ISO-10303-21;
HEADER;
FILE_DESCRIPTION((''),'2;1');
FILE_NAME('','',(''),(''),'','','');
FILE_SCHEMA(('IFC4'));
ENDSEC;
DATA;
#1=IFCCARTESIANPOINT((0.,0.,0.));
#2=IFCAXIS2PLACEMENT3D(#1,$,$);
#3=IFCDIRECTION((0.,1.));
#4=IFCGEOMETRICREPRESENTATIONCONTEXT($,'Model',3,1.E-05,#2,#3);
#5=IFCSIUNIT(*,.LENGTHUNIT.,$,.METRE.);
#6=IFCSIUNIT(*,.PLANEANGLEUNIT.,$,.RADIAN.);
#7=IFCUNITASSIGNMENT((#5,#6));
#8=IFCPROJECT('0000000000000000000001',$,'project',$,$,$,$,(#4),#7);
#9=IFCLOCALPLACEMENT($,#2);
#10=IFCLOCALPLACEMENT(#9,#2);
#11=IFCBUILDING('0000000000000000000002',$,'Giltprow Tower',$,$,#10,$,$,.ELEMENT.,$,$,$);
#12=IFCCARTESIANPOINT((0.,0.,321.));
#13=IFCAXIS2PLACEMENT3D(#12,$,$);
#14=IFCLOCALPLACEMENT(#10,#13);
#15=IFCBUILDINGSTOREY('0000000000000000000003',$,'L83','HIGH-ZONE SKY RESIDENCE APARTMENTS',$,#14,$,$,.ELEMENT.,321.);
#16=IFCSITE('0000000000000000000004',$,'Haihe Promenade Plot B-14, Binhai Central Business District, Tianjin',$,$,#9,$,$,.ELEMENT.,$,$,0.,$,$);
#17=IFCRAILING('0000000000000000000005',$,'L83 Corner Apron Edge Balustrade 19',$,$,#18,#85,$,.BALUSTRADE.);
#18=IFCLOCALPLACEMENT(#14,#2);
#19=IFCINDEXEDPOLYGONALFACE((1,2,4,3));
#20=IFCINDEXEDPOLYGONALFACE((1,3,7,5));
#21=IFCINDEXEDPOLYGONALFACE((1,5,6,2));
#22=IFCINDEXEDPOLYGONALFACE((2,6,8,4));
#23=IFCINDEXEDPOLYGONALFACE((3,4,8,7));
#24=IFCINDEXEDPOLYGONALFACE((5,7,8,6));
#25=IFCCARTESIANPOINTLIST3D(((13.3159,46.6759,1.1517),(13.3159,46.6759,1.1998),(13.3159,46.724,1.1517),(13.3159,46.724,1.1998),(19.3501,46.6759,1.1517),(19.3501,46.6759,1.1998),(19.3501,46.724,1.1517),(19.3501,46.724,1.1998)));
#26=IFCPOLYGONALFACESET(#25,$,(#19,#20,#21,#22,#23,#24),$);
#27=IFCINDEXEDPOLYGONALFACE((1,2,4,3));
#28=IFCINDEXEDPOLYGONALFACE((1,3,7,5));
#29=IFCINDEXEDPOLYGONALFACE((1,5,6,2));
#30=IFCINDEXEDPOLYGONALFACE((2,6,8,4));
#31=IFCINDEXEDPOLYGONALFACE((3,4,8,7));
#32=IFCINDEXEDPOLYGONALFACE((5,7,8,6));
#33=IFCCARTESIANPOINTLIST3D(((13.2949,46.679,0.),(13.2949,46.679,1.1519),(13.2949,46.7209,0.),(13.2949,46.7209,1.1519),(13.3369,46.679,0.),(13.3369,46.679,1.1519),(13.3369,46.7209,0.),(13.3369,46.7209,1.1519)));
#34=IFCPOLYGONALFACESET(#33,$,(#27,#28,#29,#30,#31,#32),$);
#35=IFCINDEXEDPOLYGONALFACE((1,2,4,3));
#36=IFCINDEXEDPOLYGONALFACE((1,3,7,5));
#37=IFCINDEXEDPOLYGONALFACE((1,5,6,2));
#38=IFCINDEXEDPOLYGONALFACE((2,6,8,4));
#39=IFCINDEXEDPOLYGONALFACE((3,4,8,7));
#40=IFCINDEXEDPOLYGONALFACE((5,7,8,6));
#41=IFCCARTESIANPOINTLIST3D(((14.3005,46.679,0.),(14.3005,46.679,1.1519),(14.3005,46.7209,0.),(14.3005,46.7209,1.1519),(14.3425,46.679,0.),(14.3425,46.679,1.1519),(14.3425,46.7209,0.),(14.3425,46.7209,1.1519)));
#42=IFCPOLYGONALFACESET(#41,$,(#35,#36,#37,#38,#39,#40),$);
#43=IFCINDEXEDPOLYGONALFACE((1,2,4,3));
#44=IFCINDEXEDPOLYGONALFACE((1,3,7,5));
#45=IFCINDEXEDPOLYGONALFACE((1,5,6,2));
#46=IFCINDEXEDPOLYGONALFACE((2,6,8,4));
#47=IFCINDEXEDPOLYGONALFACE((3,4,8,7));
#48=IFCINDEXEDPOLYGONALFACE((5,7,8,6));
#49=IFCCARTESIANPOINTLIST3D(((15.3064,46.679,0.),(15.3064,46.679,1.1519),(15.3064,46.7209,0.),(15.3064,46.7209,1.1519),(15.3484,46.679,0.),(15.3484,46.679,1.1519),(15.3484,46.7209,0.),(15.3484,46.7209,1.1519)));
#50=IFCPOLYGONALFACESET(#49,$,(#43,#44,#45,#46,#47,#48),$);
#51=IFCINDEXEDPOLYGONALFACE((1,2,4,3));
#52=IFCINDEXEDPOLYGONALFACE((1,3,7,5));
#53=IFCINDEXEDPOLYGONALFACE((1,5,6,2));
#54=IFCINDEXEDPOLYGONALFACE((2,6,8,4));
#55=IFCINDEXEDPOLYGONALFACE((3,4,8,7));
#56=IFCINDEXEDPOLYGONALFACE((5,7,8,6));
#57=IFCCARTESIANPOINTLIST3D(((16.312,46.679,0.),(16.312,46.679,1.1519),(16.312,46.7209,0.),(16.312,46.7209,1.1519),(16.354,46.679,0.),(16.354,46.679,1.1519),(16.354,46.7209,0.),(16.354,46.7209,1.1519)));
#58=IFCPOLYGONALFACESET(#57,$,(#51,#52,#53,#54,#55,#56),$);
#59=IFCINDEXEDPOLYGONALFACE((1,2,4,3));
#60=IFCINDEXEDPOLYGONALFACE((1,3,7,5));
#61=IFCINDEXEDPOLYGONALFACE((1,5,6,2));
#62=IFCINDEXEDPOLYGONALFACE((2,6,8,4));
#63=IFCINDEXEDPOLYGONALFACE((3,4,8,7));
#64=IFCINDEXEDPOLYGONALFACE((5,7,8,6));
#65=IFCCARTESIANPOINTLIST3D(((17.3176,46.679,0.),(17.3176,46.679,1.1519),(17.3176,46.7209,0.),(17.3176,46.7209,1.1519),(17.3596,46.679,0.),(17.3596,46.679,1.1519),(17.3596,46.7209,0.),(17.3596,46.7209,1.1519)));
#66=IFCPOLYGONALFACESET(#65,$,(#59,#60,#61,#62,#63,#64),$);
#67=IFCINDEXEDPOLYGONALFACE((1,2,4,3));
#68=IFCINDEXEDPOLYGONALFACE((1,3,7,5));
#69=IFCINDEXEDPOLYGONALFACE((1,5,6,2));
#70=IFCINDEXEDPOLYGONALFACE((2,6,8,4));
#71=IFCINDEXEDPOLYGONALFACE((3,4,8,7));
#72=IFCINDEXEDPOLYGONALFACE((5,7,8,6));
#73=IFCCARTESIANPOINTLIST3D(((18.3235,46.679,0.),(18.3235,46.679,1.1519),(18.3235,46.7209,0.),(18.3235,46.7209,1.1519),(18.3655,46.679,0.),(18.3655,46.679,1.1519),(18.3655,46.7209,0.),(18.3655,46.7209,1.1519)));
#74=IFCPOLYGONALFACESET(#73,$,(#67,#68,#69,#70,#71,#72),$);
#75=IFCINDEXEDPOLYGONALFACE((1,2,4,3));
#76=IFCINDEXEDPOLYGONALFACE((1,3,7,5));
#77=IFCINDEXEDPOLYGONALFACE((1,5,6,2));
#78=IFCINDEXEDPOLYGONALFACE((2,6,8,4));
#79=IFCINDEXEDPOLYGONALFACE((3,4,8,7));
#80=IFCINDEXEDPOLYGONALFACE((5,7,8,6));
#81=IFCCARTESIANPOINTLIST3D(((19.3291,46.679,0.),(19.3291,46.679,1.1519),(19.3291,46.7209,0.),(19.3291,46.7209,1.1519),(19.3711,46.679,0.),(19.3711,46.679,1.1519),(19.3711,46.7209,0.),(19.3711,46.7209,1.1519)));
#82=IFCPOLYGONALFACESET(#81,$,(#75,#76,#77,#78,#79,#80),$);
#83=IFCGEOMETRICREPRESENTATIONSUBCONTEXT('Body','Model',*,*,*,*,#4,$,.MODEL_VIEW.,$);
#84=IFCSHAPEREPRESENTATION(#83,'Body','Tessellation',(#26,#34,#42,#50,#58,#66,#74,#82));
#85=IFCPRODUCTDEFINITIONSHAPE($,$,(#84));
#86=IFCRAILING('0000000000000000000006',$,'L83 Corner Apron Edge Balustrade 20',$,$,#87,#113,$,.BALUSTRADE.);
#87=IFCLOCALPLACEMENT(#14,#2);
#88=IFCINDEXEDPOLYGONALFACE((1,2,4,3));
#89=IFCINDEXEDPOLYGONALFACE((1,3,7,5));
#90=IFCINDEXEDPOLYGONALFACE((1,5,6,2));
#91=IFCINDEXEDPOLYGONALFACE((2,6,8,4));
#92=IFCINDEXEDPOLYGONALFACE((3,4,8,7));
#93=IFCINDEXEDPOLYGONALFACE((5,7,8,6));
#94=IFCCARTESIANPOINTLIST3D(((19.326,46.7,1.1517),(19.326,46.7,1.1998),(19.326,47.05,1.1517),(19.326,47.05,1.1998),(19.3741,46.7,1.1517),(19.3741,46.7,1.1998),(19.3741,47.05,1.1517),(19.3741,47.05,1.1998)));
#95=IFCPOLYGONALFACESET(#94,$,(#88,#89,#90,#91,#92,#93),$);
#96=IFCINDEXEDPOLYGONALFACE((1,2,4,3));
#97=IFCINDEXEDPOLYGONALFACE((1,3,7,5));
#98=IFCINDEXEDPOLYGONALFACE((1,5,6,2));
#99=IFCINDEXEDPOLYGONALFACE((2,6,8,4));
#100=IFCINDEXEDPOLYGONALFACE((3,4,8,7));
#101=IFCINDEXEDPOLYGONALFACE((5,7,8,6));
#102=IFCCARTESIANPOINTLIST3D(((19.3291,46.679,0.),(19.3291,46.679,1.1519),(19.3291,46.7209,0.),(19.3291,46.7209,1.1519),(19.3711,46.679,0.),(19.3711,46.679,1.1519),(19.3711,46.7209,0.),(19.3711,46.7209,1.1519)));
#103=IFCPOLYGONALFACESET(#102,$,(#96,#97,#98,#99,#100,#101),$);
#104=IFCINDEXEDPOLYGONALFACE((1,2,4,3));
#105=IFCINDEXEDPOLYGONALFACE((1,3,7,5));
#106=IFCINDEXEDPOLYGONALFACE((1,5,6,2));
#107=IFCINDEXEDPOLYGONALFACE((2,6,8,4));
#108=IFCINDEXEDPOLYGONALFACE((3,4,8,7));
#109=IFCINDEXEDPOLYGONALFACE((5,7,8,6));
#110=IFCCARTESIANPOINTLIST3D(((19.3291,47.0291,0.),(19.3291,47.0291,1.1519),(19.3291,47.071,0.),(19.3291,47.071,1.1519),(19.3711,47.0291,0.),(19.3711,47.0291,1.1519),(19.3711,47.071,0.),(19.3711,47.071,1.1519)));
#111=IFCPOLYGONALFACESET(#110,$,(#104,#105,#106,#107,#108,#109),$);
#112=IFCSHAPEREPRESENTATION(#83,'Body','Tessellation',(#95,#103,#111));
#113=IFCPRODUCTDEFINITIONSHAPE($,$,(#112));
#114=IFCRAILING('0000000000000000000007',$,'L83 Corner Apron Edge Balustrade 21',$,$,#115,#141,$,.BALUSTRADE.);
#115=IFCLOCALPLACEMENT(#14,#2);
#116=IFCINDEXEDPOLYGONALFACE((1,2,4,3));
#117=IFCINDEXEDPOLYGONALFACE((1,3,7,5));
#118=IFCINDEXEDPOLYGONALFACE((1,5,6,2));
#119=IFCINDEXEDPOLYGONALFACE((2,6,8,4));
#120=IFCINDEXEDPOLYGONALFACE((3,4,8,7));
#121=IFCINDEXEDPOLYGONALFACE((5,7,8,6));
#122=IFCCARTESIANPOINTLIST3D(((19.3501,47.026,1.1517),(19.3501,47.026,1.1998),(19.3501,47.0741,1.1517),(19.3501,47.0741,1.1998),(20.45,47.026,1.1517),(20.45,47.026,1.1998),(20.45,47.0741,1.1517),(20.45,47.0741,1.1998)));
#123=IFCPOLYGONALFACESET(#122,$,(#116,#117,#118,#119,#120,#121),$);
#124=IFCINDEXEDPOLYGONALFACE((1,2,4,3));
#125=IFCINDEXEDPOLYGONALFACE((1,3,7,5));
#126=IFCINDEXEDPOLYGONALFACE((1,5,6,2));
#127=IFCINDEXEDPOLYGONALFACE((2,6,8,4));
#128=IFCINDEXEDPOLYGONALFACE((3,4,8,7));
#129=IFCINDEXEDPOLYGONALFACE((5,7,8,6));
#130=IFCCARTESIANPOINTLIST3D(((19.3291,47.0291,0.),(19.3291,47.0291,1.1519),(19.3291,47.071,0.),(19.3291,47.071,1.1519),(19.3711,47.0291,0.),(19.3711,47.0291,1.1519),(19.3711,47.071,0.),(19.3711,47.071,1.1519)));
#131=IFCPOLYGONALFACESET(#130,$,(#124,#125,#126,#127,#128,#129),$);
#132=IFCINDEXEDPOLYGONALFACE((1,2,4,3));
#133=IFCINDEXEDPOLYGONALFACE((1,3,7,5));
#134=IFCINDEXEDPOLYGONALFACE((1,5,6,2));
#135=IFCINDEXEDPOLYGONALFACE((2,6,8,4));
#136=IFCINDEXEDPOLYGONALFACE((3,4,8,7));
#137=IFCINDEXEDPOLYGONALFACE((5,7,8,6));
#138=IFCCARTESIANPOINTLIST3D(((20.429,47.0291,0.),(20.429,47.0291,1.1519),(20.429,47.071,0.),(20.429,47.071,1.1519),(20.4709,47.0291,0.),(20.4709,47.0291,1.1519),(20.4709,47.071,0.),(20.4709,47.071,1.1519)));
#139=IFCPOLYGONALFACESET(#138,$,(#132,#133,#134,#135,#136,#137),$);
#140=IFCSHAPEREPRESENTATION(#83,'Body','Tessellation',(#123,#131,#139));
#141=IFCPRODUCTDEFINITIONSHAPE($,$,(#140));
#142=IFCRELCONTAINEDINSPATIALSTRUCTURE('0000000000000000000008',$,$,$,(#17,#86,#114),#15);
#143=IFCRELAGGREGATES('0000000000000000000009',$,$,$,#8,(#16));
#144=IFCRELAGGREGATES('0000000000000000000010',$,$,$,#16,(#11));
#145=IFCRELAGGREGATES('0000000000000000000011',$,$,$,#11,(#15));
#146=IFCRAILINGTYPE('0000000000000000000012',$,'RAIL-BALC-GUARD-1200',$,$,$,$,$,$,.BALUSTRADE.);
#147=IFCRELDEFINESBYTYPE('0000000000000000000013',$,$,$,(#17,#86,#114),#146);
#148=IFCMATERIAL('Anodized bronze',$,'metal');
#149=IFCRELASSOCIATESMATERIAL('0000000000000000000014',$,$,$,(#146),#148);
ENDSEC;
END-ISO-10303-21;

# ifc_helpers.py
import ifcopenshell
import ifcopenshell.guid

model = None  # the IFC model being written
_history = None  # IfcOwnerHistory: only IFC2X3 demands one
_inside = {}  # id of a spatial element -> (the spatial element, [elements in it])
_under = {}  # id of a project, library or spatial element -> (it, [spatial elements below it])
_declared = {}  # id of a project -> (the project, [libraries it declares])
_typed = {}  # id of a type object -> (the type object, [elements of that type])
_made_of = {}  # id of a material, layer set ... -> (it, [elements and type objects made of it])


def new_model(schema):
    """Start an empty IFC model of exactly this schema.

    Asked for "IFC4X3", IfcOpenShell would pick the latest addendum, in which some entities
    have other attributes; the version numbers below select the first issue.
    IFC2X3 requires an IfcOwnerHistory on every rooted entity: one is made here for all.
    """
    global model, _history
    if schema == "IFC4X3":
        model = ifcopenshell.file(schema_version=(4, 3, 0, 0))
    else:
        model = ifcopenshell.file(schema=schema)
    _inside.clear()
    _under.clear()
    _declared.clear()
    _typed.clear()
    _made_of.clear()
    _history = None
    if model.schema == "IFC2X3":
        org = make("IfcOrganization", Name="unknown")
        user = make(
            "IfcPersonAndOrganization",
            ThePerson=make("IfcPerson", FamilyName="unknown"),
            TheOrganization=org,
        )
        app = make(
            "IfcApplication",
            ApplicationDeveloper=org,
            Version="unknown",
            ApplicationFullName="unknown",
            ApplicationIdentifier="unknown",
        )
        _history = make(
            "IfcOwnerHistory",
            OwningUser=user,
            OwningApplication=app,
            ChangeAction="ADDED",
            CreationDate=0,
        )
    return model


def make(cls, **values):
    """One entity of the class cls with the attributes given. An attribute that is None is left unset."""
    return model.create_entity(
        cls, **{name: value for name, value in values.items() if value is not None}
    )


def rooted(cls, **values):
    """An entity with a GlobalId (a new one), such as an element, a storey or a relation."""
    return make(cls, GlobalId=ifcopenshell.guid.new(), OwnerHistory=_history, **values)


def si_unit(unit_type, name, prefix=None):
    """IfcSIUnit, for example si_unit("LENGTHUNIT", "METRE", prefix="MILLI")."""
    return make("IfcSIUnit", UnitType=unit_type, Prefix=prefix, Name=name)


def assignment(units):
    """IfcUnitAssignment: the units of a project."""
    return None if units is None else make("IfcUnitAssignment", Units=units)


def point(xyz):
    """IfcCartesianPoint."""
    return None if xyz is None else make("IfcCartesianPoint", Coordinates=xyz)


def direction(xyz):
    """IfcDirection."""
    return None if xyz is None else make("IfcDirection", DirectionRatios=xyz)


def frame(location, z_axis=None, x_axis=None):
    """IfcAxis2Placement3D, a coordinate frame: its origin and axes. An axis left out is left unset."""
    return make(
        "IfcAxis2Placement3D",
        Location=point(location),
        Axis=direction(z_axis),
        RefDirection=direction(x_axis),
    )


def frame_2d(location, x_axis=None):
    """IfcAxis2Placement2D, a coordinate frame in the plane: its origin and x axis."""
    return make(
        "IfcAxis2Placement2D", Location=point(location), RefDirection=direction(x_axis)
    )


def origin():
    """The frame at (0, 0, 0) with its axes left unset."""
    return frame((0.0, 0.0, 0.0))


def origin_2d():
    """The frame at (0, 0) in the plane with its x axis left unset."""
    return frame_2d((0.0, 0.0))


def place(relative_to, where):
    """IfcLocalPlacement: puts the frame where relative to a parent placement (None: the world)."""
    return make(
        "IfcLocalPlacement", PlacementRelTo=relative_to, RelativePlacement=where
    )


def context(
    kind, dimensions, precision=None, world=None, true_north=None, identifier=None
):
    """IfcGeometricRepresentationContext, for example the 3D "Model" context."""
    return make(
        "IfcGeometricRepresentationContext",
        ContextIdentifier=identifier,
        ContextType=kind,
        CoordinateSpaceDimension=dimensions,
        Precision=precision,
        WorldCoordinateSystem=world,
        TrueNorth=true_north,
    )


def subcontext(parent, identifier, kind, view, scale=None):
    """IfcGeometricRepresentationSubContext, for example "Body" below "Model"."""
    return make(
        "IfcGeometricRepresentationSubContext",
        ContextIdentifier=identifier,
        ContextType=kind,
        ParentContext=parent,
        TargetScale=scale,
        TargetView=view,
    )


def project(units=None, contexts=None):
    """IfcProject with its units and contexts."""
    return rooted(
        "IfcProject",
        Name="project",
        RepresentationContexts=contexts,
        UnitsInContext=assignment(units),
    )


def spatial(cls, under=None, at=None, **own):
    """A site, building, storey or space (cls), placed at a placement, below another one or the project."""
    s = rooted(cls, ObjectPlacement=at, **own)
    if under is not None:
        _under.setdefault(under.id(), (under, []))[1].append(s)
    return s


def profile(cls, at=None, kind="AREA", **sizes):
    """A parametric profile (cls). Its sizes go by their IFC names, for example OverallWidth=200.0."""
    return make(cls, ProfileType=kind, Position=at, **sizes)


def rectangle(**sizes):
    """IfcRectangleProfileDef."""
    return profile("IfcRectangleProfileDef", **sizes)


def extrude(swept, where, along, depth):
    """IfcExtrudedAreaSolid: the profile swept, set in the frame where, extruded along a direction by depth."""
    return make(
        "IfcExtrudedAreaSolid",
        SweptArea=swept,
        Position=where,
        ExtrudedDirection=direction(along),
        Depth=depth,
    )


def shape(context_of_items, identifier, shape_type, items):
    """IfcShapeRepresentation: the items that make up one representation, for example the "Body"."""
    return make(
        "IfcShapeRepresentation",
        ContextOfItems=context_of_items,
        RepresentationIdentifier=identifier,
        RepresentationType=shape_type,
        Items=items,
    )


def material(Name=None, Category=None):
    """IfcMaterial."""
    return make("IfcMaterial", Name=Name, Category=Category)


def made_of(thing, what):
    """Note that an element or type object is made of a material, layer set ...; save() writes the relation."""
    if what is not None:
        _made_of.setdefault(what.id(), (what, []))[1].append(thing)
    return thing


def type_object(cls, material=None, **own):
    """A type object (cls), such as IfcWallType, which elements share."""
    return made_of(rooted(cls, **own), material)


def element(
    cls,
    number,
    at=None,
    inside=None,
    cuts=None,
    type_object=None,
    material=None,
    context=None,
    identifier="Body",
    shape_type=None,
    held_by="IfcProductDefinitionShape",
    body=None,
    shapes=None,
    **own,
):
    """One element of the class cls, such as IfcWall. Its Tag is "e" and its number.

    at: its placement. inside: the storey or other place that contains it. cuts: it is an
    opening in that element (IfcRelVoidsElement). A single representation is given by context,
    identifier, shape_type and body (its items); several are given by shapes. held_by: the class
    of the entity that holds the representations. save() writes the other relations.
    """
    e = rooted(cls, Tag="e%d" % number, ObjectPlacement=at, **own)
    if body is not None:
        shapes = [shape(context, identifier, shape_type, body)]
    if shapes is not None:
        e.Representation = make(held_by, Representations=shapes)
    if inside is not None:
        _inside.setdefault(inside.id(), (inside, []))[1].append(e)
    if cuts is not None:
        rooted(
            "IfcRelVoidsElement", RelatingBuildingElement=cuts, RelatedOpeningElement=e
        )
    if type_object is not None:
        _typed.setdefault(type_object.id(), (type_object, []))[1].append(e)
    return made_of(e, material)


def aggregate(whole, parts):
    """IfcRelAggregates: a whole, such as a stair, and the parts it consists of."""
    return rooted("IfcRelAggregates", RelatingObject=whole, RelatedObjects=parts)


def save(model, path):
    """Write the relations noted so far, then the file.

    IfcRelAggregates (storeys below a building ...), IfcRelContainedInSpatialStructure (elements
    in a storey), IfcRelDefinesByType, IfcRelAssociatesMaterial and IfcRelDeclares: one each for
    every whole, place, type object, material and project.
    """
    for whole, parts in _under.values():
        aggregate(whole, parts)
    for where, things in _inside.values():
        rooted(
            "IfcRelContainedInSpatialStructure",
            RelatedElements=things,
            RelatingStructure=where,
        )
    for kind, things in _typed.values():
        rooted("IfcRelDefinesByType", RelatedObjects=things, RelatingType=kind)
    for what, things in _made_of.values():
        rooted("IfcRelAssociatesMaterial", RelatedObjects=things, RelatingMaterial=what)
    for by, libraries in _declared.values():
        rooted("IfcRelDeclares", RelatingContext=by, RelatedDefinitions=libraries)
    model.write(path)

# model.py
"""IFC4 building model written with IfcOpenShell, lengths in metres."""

from ifc_helpers import new_model, si_unit, direction, frame, origin, origin_2d, place, context, subcontext, project, spatial, rectangle, extrude, material, type_object, element, save


model = new_model("IFC4")

# Units and contexts
model_context = context("Model", 3, precision=1e-05, world=origin(), true_north=direction((0.0, 1.0)))
body_context = subcontext(model_context, "Body", "Model", "MODEL_VIEW")
ifc_project = project(units=[si_unit("LENGTHUNIT", "METRE"), si_unit("PLANEANGLEUNIT", "RADIAN")], contexts=[model_context])

# Site, building, storey
site_placement = place(None, origin())
site = spatial("IfcSite", under=ifc_project, at=site_placement, Name="Haihe Promenade Plot B-14, Binhai Central Business District, Tianjin", CompositionType="ELEMENT", RefElevation=0.0)
building_placement = place(site_placement, origin())
building = spatial("IfcBuilding", under=site, at=building_placement, Name="Giltprow Tower", CompositionType="ELEMENT")
storey_placement = place(building_placement, frame((0.0, 0.0, 321.0)))
storey = spatial("IfcBuildingStorey", under=building, at=storey_placement, Name="L83", Description="HIGH-ZONE SKY RESIDENCE APARTMENTS", CompositionType="ELEMENT", Elevation=321.0)

# Railings
ifc_material_1 = material(Name="Anodized bronze", Category="metal")
railing_type = type_object("IfcRailingType", Name="RAIL-BALC-GUARD-1200", PredefinedType="BALUSTRADE", material=ifc_material_1)
railing_1_placement = place(storey_placement, frame((13.3159, 46.7, 0.0)))
element("IfcRailing", 1, at=railing_1_placement, inside=storey, type_object=railing_type, Name="L83 Corner Apron Edge Balustrade 19", PredefinedType="BALUSTRADE", context=body_context, shape_type="SweptSolid", body=[
    extrude(rectangle(XDim=0.0481, YDim=0.0481, at=origin_2d()), frame((0.0, 0.0, 1.1758), z_axis=(1.0, 0.0, 0.0), x_axis=(0.0, 1.0, 0.0)), (0.0, 0.0, 1.0), 6.0342),
    extrude(rectangle(XDim=0.042, YDim=0.042, at=origin_2d()), origin(), (0.0, 0.0, 1.0), 1.1519),
    extrude(rectangle(XDim=0.042, YDim=0.042, at=origin_2d()), frame((1.0056, 0.0, 0.0)), (0.0, 0.0, 1.0), 1.1519),
    extrude(rectangle(XDim=0.042, YDim=0.042, at=origin_2d()), frame((2.0115, 0.0, 0.0)), (0.0, 0.0, 1.0), 1.1519),
    extrude(rectangle(XDim=0.042, YDim=0.042, at=origin_2d()), frame((3.0171, 0.0, 0.0)), (0.0, 0.0, 1.0), 1.1519),
    extrude(rectangle(XDim=0.042, YDim=0.042, at=origin_2d()), frame((4.0227, 0.0, 0.0)), (0.0, 0.0, 1.0), 1.1519),
    extrude(rectangle(XDim=0.042, YDim=0.042, at=origin_2d()), frame((5.0286, 0.0, 0.0)), (0.0, 0.0, 1.0), 1.1519),
    extrude(rectangle(XDim=0.042, YDim=0.042, at=origin_2d()), frame((6.0342, 0.0, 0.0)), (0.0, 0.0, 1.0), 1.1519),
])
railing_2_placement = place(storey_placement, frame((19.3501, 46.7, 0.0)))
element("IfcRailing", 2, at=railing_2_placement, inside=storey, type_object=railing_type, Name="L83 Corner Apron Edge Balustrade 20", PredefinedType="BALUSTRADE", context=body_context, shape_type="SweptSolid", body=[
    extrude(rectangle(XDim=0.0481, YDim=0.0481, at=origin_2d()), frame((0.0, 0.0, 1.1758), z_axis=(0.0, 1.0, 0.0), x_axis=(-1.0, 0.0, 0.0)), (0.0, 0.0, 1.0), 0.3501),
    extrude(rectangle(XDim=0.042, YDim=0.042, at=origin_2d()), origin(), (0.0, 0.0, 1.0), 1.1519),
    extrude(rectangle(XDim=0.042, YDim=0.042, at=origin_2d()), frame((0.0, 0.3501, 0.0)), (0.0, 0.0, 1.0), 1.1519),
])
railing_3_placement = place(storey_placement, frame((19.3501, 47.05, 0.0)))
element("IfcRailing", 3, at=railing_3_placement, inside=storey, type_object=railing_type, Name="L83 Corner Apron Edge Balustrade 21", PredefinedType="BALUSTRADE", context=body_context, shape_type="SweptSolid", body=[
    extrude(rectangle(XDim=0.0481, YDim=0.0481, at=origin_2d()), frame((0.0, 0.0, 1.1758), z_axis=(1.0, 0.0, 0.0), x_axis=(0.0, 1.0, 0.0)), (0.0, 0.0, 1.0), 1.0999),
    extrude(rectangle(XDim=0.042, YDim=0.042, at=origin_2d()), origin(), (0.0, 0.0, 1.0), 1.1519),
    extrude(rectangle(XDim=0.042, YDim=0.042, at=origin_2d()), frame((1.0999, 0.0, 0.0)), (0.0, 0.0, 1.0), 1.1519),
])

save(model, "model.ifc")
